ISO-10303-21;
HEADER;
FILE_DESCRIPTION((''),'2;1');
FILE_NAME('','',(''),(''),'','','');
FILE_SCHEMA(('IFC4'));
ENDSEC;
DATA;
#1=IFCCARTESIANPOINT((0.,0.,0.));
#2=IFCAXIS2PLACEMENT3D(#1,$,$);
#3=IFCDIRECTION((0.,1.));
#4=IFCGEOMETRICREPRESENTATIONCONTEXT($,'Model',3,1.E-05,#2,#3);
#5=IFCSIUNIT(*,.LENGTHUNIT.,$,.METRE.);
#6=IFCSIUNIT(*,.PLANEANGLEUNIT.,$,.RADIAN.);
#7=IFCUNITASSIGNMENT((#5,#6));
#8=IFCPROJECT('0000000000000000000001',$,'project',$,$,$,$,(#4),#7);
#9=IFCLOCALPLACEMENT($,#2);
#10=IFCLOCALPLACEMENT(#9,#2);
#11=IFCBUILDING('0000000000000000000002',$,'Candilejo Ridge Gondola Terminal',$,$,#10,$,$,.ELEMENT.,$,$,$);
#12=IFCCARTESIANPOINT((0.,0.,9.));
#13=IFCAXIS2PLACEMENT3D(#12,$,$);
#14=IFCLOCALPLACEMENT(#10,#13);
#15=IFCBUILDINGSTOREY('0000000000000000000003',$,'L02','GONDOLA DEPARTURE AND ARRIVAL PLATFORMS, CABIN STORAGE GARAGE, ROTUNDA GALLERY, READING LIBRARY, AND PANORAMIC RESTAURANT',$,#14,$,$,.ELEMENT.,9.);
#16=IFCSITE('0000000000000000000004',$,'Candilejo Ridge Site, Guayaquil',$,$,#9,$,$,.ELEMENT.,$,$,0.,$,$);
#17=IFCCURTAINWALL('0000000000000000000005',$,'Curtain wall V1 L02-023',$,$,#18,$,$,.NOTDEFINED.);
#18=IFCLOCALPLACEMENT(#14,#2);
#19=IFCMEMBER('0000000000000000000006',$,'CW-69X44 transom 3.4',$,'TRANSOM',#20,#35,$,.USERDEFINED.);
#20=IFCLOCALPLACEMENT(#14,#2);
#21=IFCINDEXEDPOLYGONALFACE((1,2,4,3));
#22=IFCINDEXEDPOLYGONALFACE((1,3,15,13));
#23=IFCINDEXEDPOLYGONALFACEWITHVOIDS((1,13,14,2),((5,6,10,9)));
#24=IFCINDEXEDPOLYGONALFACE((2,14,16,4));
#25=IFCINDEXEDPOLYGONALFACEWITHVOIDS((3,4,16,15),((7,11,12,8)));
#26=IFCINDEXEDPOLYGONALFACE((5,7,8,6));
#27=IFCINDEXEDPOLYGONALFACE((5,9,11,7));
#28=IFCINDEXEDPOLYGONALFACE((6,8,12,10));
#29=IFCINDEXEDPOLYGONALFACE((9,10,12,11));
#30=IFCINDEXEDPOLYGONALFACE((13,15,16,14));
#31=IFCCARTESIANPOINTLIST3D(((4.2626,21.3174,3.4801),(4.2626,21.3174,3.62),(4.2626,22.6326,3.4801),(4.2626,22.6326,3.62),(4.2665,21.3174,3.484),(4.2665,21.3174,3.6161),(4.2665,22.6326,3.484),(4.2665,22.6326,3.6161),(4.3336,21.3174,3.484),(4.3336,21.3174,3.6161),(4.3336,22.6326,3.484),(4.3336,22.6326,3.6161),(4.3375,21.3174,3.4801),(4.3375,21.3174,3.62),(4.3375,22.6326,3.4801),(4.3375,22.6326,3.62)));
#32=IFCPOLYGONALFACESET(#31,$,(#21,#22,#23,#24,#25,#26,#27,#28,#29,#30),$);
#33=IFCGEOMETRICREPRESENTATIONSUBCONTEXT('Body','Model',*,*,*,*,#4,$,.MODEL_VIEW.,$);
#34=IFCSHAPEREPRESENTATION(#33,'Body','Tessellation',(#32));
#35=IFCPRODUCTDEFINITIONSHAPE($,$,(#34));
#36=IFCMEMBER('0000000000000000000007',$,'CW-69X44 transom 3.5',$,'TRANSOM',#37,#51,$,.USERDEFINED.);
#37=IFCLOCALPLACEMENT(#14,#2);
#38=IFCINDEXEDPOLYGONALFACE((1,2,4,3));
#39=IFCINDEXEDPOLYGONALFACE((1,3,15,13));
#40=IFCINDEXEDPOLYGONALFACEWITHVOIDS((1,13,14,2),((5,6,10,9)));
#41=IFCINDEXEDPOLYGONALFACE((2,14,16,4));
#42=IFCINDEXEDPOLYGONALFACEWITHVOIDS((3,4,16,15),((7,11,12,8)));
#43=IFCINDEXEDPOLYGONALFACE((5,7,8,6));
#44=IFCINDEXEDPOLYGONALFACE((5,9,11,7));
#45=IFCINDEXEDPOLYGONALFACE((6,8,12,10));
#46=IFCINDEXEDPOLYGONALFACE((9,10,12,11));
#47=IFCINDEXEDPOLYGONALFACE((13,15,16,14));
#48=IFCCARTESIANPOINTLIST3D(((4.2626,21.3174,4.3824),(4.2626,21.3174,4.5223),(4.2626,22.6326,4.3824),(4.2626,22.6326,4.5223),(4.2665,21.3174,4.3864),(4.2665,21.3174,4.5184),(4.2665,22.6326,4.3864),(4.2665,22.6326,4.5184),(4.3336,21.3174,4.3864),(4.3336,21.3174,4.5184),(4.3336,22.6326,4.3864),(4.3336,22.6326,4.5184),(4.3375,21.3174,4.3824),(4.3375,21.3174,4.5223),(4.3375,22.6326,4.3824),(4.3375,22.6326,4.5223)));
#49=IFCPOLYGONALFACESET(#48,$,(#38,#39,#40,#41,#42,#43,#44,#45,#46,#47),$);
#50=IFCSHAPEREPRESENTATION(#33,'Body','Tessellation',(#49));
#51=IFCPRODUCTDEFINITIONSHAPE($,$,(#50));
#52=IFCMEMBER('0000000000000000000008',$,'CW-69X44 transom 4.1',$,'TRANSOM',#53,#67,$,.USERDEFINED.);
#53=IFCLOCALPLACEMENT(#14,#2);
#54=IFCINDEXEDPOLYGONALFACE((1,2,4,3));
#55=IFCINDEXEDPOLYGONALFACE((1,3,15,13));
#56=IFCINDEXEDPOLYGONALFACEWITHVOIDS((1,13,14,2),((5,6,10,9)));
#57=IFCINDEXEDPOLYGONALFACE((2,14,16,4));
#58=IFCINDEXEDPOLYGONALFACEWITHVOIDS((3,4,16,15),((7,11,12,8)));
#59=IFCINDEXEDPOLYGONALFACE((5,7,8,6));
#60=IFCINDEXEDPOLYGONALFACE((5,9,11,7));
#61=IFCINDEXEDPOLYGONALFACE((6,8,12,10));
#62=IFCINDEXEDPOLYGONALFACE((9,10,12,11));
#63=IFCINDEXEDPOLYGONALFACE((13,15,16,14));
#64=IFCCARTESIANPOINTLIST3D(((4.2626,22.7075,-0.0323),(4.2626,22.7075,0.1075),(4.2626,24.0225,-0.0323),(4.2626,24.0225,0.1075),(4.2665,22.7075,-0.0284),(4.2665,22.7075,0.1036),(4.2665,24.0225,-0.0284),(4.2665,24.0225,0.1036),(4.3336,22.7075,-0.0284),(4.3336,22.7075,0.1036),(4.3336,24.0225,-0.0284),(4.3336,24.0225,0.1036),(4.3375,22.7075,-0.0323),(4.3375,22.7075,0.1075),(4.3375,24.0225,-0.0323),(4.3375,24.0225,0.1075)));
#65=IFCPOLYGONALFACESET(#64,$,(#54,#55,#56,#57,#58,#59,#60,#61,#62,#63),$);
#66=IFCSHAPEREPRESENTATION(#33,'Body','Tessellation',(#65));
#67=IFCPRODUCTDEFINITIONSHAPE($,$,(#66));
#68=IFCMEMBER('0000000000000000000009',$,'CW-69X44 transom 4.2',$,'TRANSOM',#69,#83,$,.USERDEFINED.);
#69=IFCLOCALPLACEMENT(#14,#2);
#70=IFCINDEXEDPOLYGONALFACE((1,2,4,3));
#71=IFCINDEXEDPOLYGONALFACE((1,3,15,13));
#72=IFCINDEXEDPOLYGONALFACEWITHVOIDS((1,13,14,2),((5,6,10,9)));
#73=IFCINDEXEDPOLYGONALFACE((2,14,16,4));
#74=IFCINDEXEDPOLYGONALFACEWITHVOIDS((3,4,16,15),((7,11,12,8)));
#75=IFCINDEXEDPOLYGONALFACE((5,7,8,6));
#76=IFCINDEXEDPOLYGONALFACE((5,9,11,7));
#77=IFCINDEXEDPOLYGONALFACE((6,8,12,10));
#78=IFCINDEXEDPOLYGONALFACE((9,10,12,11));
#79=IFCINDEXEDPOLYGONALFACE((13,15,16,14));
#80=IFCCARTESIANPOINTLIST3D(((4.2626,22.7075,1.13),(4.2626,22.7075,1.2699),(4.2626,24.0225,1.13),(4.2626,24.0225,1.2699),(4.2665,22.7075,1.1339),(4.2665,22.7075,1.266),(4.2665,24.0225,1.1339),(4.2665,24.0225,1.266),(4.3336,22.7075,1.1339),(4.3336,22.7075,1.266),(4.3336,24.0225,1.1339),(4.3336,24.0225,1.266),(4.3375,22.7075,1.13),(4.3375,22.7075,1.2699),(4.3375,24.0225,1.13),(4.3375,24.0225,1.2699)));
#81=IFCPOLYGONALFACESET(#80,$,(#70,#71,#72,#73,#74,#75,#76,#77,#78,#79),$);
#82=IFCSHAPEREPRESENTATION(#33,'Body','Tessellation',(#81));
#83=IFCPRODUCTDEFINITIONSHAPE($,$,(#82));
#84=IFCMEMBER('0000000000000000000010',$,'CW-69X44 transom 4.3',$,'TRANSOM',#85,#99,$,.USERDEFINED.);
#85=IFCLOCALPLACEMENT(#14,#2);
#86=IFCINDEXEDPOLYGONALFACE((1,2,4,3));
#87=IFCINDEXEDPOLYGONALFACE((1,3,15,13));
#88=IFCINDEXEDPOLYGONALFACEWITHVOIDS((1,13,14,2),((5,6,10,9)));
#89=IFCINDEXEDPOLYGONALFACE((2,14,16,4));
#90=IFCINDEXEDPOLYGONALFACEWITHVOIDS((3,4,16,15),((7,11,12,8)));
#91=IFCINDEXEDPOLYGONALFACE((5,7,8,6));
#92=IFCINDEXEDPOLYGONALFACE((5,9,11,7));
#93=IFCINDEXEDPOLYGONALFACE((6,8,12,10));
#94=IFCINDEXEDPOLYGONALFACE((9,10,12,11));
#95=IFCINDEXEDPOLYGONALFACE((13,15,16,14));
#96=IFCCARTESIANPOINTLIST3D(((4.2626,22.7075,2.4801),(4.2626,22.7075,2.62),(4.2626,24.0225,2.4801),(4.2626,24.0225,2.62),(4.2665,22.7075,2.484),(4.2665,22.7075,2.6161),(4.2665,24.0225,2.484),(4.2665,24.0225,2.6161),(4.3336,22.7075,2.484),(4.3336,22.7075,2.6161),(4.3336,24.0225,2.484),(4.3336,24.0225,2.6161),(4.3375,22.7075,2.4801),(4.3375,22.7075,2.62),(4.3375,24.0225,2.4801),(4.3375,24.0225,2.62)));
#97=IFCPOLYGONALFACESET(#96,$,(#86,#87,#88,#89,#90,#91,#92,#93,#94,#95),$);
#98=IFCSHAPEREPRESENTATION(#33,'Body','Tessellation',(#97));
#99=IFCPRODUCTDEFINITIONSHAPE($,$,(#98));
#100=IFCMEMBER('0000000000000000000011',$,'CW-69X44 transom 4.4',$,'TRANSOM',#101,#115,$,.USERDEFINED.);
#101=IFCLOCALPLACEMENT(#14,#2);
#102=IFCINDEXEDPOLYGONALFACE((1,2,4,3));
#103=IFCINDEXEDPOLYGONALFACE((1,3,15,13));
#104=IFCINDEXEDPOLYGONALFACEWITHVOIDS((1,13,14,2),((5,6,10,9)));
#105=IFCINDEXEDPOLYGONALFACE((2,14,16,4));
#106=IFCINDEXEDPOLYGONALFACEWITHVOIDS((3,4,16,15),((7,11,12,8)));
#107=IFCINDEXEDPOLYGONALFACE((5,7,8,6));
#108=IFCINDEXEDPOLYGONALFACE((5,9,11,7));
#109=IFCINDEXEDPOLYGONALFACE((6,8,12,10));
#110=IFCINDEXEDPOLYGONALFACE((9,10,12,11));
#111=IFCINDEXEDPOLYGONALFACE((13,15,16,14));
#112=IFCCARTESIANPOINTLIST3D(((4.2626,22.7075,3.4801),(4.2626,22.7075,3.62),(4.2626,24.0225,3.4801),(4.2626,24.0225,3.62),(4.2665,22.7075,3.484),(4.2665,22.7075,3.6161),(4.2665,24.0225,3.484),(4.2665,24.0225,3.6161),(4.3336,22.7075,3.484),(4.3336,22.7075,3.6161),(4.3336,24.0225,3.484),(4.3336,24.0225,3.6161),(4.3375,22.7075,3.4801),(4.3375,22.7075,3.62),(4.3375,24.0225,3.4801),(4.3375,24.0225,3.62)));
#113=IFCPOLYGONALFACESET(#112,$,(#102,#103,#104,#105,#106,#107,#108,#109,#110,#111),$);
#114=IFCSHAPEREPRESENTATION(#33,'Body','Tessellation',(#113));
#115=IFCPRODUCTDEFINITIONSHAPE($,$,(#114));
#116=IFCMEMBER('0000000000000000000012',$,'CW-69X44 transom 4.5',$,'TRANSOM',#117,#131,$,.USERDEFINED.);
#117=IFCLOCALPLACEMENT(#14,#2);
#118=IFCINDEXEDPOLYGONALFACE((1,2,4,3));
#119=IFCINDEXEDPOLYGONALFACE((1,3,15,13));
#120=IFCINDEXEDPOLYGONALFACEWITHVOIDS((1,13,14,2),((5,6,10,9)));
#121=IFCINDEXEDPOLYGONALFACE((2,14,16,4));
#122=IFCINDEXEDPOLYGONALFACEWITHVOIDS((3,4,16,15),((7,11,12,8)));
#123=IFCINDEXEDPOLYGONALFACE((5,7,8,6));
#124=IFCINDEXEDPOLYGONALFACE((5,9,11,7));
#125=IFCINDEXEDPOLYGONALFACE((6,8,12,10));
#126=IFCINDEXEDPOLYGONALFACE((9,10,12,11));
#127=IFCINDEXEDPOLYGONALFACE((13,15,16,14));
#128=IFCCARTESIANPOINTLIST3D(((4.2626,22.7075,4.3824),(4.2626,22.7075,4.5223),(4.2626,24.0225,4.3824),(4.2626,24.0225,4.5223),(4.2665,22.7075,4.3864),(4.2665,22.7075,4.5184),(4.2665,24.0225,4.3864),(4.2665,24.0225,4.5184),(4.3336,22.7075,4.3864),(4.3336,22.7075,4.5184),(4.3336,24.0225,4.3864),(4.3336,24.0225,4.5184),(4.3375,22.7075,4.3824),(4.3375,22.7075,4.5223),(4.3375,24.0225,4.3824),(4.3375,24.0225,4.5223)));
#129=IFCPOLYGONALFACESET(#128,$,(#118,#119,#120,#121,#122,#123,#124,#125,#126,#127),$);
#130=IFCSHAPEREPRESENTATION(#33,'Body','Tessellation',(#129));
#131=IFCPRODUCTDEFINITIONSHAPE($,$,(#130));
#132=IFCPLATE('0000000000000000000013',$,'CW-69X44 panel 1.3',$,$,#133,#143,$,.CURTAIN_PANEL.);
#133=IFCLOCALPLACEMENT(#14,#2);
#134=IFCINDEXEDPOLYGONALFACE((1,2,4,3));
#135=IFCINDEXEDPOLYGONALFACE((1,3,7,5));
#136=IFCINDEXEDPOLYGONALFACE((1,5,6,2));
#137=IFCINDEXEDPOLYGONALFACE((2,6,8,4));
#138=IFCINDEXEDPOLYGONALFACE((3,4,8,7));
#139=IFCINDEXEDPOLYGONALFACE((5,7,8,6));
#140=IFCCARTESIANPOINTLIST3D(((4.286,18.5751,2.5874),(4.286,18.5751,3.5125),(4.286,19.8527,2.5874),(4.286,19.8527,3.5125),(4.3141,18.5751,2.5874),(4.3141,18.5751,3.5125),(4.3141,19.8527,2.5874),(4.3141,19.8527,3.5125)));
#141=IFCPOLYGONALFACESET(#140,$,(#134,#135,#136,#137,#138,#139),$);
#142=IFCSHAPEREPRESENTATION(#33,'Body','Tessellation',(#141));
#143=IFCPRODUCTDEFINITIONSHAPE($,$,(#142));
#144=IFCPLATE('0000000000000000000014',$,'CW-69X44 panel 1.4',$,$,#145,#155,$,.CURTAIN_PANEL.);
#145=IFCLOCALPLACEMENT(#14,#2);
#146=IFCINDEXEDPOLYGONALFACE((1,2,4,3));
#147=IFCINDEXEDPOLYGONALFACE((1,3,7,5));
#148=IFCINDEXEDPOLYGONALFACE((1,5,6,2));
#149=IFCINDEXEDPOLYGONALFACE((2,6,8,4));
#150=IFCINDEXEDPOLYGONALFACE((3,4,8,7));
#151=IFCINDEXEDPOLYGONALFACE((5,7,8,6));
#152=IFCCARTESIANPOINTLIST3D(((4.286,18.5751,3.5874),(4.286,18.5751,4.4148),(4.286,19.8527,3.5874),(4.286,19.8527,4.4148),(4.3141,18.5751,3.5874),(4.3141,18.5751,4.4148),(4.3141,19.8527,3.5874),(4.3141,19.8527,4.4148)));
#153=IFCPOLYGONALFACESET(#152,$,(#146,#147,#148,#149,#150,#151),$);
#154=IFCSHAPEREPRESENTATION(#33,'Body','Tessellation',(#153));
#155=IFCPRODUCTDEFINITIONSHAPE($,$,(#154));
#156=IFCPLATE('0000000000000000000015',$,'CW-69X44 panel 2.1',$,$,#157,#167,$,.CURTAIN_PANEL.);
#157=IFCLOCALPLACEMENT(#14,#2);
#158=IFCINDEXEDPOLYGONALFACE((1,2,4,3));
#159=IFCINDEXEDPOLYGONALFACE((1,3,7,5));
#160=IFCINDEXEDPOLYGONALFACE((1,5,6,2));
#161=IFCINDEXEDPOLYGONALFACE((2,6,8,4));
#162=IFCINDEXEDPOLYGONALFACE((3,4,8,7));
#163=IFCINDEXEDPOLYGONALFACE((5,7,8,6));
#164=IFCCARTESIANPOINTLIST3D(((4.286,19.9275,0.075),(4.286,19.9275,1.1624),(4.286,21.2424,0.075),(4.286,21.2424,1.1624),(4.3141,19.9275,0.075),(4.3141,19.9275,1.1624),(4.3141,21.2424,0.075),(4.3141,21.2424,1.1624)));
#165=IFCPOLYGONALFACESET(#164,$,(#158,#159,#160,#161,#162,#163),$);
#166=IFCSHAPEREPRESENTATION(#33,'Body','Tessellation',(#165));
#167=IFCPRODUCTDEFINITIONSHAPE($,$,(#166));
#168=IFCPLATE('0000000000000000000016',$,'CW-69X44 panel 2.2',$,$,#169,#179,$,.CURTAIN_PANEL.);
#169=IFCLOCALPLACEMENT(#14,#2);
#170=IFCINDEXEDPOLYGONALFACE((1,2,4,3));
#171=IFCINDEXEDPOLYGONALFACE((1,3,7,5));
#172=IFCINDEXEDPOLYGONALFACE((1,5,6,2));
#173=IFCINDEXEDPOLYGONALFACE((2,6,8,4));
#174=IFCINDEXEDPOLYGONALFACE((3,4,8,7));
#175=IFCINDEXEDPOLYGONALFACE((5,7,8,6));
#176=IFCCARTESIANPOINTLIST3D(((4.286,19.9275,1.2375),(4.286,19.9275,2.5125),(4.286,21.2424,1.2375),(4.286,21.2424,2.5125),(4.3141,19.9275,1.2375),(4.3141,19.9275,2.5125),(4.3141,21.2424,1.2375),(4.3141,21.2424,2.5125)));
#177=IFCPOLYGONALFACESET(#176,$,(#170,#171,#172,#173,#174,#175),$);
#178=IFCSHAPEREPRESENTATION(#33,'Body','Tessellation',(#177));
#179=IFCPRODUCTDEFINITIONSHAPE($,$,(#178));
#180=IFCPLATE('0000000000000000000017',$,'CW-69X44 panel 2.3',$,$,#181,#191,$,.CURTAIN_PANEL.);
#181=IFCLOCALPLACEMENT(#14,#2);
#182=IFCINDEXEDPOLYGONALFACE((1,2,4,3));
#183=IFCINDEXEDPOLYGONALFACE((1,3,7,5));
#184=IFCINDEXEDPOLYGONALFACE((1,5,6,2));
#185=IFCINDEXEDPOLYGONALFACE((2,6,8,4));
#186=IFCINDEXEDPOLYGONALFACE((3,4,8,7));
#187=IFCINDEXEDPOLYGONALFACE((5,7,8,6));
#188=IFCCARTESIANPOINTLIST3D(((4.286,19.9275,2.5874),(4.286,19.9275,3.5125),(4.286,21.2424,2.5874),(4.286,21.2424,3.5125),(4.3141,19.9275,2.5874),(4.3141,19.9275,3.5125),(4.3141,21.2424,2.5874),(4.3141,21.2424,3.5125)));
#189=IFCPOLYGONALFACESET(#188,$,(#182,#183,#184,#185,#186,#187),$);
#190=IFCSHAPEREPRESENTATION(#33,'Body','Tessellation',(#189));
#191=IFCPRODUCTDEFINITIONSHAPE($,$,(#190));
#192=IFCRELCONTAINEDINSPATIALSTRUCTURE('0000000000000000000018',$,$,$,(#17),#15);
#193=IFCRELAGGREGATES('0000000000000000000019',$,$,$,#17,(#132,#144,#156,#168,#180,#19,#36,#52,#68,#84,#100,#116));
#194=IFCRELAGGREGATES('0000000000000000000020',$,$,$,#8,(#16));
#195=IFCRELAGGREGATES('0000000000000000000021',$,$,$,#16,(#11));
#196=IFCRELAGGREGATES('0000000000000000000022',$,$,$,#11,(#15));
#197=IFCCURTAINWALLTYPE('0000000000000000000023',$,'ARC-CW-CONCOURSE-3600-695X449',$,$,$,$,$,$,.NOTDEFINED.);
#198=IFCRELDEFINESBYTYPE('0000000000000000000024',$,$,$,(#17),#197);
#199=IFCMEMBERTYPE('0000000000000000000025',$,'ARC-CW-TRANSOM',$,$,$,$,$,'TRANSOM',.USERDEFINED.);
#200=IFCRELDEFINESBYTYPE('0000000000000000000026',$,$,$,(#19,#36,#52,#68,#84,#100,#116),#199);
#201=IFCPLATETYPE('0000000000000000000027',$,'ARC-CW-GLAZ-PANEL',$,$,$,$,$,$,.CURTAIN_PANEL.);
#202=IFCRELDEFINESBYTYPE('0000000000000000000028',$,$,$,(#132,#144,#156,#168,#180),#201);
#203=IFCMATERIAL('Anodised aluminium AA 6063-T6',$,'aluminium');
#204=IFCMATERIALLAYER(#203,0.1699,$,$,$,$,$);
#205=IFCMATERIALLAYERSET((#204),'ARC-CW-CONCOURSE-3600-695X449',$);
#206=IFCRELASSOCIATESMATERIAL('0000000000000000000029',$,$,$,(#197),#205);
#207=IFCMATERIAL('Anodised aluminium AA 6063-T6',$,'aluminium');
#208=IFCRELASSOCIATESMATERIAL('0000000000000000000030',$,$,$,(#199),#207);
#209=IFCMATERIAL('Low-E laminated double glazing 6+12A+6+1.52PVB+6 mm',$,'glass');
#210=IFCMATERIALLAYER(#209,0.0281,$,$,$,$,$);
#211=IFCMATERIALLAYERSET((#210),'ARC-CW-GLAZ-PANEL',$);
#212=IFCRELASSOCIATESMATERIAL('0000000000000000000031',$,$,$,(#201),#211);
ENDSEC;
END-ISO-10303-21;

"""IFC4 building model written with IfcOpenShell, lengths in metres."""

from ifc_helpers import new_model, si_unit, direction, frame, origin, origin_2d, place, context, subcontext, project, spatial, rectangle, hollow_rectangle, extrude, material, layer, layer_set, material_profile, profile_set, type_object, element, aggregate, save


model = new_model("IFC4")

# Units and contexts
model_context = context("Model", 3, precision=1e-05, world=origin(), true_north=direction((0.0, 1.0)))
body_context = subcontext(model_context, "Body", "Model", "MODEL_VIEW")
ifc_project = project(units=[si_unit("LENGTHUNIT", "METRE"), si_unit("PLANEANGLEUNIT", "RADIAN")], contexts=[model_context])

# Site, building, storey
site_placement = place(None, origin())
site = spatial("IfcSite", under=ifc_project, at=site_placement, Name="Candilejo Ridge Site, Guayaquil", CompositionType="ELEMENT", RefElevation=0.0)
building_placement = place(site_placement, origin())
building = spatial("IfcBuilding", under=site, at=building_placement, Name="Candilejo Ridge Gondola Terminal", CompositionType="ELEMENT")
storey_placement = place(building_placement, frame((0.0, 0.0, 9.0)))
storey = spatial("IfcBuildingStorey", under=building, at=storey_placement, Name="L02", Description="GONDOLA DEPARTURE AND ARRIVAL PLATFORMS, CABIN STORAGE GARAGE, ROTUNDA GALLERY, READING LIBRARY, AND PANORAMIC RESTAURANT", CompositionType="ELEMENT", Elevation=9.0)

# Curtain wall, members, plates
ifc_material_1 = material(Name="Anodised aluminium AA 6063-T6", Category="aluminium")
ifc_layer_1 = layer(ifc_material_1, 0.1699)
ifc_layer_set_1 = layer_set([ifc_layer_1], Name="ARC-CW-CONCOURSE-3600-695X449")
curtain_wall_type = type_object("IfcCurtainWallType", Name="ARC-CW-CONCOURSE-3600-695X449", PredefinedType="NOTDEFINED", material=ifc_layer_set_1)
curtain_wall_placement = place(storey_placement, origin())
curtain_wall = element("IfcCurtainWall", 1, at=curtain_wall_placement, inside=storey, type_object=curtain_wall_type, Name="Curtain wall V1 L02-023", PredefinedType="NOTDEFINED")
ifc_material_2 = material(Name="Anodised aluminium AA 6063-T6", Category="aluminium")
ifc_material_profile_1 = material_profile(ifc_material_2, hollow_rectangle(XDim=0.075, YDim=0.1399, WallThickness=0.0039, at=origin_2d()))
ifc_profile_set_1 = profile_set([ifc_material_profile_1], Name="Anodised aluminium AA 6063-T6")
member_type_1 = type_object("IfcMemberType", Name="ARC-CW-TRANSOM", ElementType="TRANSOM", PredefinedType="USERDEFINED", material=ifc_profile_set_1)
member_1_placement = place(storey_placement, frame((4.3, 21.3174, 3.55), z_axis=(0.0, 1.0, 0.0), x_axis=(-1.0, 0.0, 0.0)))
member_1 = element("IfcMember", 2, at=member_1_placement, type_object=member_type_1, Name="CW-69X44 transom 3.4", ObjectType="TRANSOM", PredefinedType="USERDEFINED", context=body_context, shape_type="SweptSolid", body=[
    extrude(hollow_rectangle(XDim=0.075, YDim=0.1399, WallThickness=0.0039, at=origin_2d()), origin(), (0.0, 0.0, 1.0), 1.3152),
])
member_2_placement = place(storey_placement, frame((4.3, 21.3174, 4.4524), z_axis=(0.0, 1.0, 0.0), x_axis=(-1.0, 0.0, 0.0)))
member_2 = element("IfcMember", 3, at=member_2_placement, type_object=member_type_1, Name="CW-69X44 transom 3.5", ObjectType="TRANSOM", PredefinedType="USERDEFINED", context=body_context, shape_type="SweptSolid", body=[
    extrude(hollow_rectangle(XDim=0.075, YDim=0.1399, WallThickness=0.0039, at=origin_2d()), origin(), (0.0, 0.0, 1.0), 1.3152),
])
member_3_placement = place(storey_placement, frame((4.3, 22.7075, 0.0376), z_axis=(0.0, 1.0, 0.0), x_axis=(-1.0, 0.0, 0.0)))
member_3 = element("IfcMember", 4, at=member_3_placement, type_object=member_type_1, Name="CW-69X44 transom 4.1", ObjectType="TRANSOM", PredefinedType="USERDEFINED", context=body_context, shape_type="SweptSolid", body=[
    extrude(hollow_rectangle(XDim=0.075, YDim=0.1399, WallThickness=0.0039, at=origin_2d()), origin(), (0.0, 0.0, 1.0), 1.3149),
])
member_4_placement = place(storey_placement, frame((4.3, 22.7075, 1.2), z_axis=(0.0, 1.0, 0.0), x_axis=(-1.0, 0.0, 0.0)))
member_4 = element("IfcMember", 5, at=member_4_placement, type_object=member_type_1, Name="CW-69X44 transom 4.2", ObjectType="TRANSOM", PredefinedType="USERDEFINED", context=body_context, shape_type="SweptSolid", body=[
    extrude(hollow_rectangle(XDim=0.075, YDim=0.1399, WallThickness=0.0039, at=origin_2d()), origin(), (0.0, 0.0, 1.0), 1.3149),
])
member_5_placement = place(storey_placement, frame((4.3, 22.7075, 2.55), z_axis=(0.0, 1.0, 0.0), x_axis=(-1.0, 0.0, 0.0)))
member_5 = element("IfcMember", 6, at=member_5_placement, type_object=member_type_1, Name="CW-69X44 transom 4.3", ObjectType="TRANSOM", PredefinedType="USERDEFINED", context=body_context, shape_type="SweptSolid", body=[
    extrude(hollow_rectangle(XDim=0.075, YDim=0.1399, WallThickness=0.0039, at=origin_2d()), origin(), (0.0, 0.0, 1.0), 1.3149),
])
member_6_placement = place(storey_placement, frame((4.3, 22.7075, 3.55), z_axis=(0.0, 1.0, 0.0), x_axis=(-1.0, 0.0, 0.0)))
member_6 = element("IfcMember", 7, at=member_6_placement, type_object=member_type_1, Name="CW-69X44 transom 4.4", ObjectType="TRANSOM", PredefinedType="USERDEFINED", context=body_context, shape_type="SweptSolid", body=[
    extrude(hollow_rectangle(XDim=0.075, YDim=0.1399, WallThickness=0.0039, at=origin_2d()), origin(), (0.0, 0.0, 1.0), 1.3149),
])
member_7_placement = place(storey_placement, frame((4.3, 22.7075, 4.4524), z_axis=(0.0, 1.0, 0.0), x_axis=(-1.0, 0.0, 0.0)))
member_7 = element("IfcMember", 8, at=member_7_placement, type_object=member_type_1, Name="CW-69X44 transom 4.5", ObjectType="TRANSOM", PredefinedType="USERDEFINED", context=body_context, shape_type="SweptSolid", body=[
    extrude(hollow_rectangle(XDim=0.075, YDim=0.1399, WallThickness=0.0039, at=origin_2d()), origin(), (0.0, 0.0, 1.0), 1.3149),
])
ifc_material_3 = material(Name="Low-E laminated double glazing 6+12A+6+1.52PVB+6 mm", Category="glass")
ifc_layer_2 = layer(ifc_material_3, 0.0281)
ifc_layer_set_2 = layer_set([ifc_layer_2], Name="ARC-CW-GLAZ-PANEL")
plate_type = type_object("IfcPlateType", Name="ARC-CW-GLAZ-PANEL", PredefinedType="CURTAIN_PANEL", material=ifc_layer_set_2)
plate_1_placement = place(storey_placement, frame((4.3, 19.2139, 2.5874), z_axis=(0.0, 0.0, 1.0), x_axis=(0.0, 1.0, 0.0)))
plate_1 = element("IfcPlate", 9, at=plate_1_placement, type_object=plate_type, Name="CW-69X44 panel 1.3", PredefinedType="CURTAIN_PANEL", context=body_context, shape_type="SweptSolid", body=[
    extrude(rectangle(XDim=1.2776, YDim=0.0281, at=origin_2d()), origin(), (0.0, 0.0, 1.0), 0.925),
])
plate_2_placement = place(storey_placement, frame((4.3, 19.2139, 3.5874), z_axis=(0.0, 0.0, 1.0), x_axis=(0.0, 1.0, 0.0)))
plate_2 = element("IfcPlate", 10, at=plate_2_placement, type_object=plate_type, Name="CW-69X44 panel 1.4", PredefinedType="CURTAIN_PANEL", context=body_context, shape_type="SweptSolid", body=[
    extrude(rectangle(XDim=1.2776, YDim=0.0281, at=origin_2d()), origin(), (0.0, 0.0, 1.0), 0.8274),
])
plate_3_placement = place(storey_placement, frame((4.3, 20.585, 0.075), z_axis=(0.0, 0.0, 1.0), x_axis=(0.0, 1.0, 0.0)))
plate_3 = element("IfcPlate", 11, at=plate_3_placement, type_object=plate_type, Name="CW-69X44 panel 2.1", PredefinedType="CURTAIN_PANEL", context=body_context, shape_type="SweptSolid", body=[
    extrude(rectangle(XDim=1.3149, YDim=0.0281, at=origin_2d()), origin(), (0.0, 0.0, 1.0), 1.0874),
])
plate_4_placement = place(storey_placement, frame((4.3, 20.585, 1.2375), z_axis=(0.0, 0.0, 1.0), x_axis=(0.0, 1.0, 0.0)))
plate_4 = element("IfcPlate", 12, at=plate_4_placement, type_object=plate_type, Name="CW-69X44 panel 2.2", PredefinedType="CURTAIN_PANEL", context=body_context, shape_type="SweptSolid", body=[
    extrude(rectangle(XDim=1.3149, YDim=0.0281, at=origin_2d()), origin(), (0.0, 0.0, 1.0), 1.2749),
])
plate_5_placement = place(storey_placement, frame((4.3, 20.585, 2.5874), z_axis=(0.0, 0.0, 1.0), x_axis=(0.0, 1.0, 0.0)))
plate_5 = element("IfcPlate", 13, at=plate_5_placement, type_object=plate_type, Name="CW-69X44 panel 2.3", PredefinedType="CURTAIN_PANEL", context=body_context, shape_type="SweptSolid", body=[
    extrude(rectangle(XDim=1.3149, YDim=0.0281, at=origin_2d()), origin(), (0.0, 0.0, 1.0), 0.925),
])
aggregate(curtain_wall, [plate_1, plate_2, plate_3, plate_4, plate_5, member_1, member_2, member_3, member_4, member_5, member_6, member_7])

save(model, "model.ifc")
